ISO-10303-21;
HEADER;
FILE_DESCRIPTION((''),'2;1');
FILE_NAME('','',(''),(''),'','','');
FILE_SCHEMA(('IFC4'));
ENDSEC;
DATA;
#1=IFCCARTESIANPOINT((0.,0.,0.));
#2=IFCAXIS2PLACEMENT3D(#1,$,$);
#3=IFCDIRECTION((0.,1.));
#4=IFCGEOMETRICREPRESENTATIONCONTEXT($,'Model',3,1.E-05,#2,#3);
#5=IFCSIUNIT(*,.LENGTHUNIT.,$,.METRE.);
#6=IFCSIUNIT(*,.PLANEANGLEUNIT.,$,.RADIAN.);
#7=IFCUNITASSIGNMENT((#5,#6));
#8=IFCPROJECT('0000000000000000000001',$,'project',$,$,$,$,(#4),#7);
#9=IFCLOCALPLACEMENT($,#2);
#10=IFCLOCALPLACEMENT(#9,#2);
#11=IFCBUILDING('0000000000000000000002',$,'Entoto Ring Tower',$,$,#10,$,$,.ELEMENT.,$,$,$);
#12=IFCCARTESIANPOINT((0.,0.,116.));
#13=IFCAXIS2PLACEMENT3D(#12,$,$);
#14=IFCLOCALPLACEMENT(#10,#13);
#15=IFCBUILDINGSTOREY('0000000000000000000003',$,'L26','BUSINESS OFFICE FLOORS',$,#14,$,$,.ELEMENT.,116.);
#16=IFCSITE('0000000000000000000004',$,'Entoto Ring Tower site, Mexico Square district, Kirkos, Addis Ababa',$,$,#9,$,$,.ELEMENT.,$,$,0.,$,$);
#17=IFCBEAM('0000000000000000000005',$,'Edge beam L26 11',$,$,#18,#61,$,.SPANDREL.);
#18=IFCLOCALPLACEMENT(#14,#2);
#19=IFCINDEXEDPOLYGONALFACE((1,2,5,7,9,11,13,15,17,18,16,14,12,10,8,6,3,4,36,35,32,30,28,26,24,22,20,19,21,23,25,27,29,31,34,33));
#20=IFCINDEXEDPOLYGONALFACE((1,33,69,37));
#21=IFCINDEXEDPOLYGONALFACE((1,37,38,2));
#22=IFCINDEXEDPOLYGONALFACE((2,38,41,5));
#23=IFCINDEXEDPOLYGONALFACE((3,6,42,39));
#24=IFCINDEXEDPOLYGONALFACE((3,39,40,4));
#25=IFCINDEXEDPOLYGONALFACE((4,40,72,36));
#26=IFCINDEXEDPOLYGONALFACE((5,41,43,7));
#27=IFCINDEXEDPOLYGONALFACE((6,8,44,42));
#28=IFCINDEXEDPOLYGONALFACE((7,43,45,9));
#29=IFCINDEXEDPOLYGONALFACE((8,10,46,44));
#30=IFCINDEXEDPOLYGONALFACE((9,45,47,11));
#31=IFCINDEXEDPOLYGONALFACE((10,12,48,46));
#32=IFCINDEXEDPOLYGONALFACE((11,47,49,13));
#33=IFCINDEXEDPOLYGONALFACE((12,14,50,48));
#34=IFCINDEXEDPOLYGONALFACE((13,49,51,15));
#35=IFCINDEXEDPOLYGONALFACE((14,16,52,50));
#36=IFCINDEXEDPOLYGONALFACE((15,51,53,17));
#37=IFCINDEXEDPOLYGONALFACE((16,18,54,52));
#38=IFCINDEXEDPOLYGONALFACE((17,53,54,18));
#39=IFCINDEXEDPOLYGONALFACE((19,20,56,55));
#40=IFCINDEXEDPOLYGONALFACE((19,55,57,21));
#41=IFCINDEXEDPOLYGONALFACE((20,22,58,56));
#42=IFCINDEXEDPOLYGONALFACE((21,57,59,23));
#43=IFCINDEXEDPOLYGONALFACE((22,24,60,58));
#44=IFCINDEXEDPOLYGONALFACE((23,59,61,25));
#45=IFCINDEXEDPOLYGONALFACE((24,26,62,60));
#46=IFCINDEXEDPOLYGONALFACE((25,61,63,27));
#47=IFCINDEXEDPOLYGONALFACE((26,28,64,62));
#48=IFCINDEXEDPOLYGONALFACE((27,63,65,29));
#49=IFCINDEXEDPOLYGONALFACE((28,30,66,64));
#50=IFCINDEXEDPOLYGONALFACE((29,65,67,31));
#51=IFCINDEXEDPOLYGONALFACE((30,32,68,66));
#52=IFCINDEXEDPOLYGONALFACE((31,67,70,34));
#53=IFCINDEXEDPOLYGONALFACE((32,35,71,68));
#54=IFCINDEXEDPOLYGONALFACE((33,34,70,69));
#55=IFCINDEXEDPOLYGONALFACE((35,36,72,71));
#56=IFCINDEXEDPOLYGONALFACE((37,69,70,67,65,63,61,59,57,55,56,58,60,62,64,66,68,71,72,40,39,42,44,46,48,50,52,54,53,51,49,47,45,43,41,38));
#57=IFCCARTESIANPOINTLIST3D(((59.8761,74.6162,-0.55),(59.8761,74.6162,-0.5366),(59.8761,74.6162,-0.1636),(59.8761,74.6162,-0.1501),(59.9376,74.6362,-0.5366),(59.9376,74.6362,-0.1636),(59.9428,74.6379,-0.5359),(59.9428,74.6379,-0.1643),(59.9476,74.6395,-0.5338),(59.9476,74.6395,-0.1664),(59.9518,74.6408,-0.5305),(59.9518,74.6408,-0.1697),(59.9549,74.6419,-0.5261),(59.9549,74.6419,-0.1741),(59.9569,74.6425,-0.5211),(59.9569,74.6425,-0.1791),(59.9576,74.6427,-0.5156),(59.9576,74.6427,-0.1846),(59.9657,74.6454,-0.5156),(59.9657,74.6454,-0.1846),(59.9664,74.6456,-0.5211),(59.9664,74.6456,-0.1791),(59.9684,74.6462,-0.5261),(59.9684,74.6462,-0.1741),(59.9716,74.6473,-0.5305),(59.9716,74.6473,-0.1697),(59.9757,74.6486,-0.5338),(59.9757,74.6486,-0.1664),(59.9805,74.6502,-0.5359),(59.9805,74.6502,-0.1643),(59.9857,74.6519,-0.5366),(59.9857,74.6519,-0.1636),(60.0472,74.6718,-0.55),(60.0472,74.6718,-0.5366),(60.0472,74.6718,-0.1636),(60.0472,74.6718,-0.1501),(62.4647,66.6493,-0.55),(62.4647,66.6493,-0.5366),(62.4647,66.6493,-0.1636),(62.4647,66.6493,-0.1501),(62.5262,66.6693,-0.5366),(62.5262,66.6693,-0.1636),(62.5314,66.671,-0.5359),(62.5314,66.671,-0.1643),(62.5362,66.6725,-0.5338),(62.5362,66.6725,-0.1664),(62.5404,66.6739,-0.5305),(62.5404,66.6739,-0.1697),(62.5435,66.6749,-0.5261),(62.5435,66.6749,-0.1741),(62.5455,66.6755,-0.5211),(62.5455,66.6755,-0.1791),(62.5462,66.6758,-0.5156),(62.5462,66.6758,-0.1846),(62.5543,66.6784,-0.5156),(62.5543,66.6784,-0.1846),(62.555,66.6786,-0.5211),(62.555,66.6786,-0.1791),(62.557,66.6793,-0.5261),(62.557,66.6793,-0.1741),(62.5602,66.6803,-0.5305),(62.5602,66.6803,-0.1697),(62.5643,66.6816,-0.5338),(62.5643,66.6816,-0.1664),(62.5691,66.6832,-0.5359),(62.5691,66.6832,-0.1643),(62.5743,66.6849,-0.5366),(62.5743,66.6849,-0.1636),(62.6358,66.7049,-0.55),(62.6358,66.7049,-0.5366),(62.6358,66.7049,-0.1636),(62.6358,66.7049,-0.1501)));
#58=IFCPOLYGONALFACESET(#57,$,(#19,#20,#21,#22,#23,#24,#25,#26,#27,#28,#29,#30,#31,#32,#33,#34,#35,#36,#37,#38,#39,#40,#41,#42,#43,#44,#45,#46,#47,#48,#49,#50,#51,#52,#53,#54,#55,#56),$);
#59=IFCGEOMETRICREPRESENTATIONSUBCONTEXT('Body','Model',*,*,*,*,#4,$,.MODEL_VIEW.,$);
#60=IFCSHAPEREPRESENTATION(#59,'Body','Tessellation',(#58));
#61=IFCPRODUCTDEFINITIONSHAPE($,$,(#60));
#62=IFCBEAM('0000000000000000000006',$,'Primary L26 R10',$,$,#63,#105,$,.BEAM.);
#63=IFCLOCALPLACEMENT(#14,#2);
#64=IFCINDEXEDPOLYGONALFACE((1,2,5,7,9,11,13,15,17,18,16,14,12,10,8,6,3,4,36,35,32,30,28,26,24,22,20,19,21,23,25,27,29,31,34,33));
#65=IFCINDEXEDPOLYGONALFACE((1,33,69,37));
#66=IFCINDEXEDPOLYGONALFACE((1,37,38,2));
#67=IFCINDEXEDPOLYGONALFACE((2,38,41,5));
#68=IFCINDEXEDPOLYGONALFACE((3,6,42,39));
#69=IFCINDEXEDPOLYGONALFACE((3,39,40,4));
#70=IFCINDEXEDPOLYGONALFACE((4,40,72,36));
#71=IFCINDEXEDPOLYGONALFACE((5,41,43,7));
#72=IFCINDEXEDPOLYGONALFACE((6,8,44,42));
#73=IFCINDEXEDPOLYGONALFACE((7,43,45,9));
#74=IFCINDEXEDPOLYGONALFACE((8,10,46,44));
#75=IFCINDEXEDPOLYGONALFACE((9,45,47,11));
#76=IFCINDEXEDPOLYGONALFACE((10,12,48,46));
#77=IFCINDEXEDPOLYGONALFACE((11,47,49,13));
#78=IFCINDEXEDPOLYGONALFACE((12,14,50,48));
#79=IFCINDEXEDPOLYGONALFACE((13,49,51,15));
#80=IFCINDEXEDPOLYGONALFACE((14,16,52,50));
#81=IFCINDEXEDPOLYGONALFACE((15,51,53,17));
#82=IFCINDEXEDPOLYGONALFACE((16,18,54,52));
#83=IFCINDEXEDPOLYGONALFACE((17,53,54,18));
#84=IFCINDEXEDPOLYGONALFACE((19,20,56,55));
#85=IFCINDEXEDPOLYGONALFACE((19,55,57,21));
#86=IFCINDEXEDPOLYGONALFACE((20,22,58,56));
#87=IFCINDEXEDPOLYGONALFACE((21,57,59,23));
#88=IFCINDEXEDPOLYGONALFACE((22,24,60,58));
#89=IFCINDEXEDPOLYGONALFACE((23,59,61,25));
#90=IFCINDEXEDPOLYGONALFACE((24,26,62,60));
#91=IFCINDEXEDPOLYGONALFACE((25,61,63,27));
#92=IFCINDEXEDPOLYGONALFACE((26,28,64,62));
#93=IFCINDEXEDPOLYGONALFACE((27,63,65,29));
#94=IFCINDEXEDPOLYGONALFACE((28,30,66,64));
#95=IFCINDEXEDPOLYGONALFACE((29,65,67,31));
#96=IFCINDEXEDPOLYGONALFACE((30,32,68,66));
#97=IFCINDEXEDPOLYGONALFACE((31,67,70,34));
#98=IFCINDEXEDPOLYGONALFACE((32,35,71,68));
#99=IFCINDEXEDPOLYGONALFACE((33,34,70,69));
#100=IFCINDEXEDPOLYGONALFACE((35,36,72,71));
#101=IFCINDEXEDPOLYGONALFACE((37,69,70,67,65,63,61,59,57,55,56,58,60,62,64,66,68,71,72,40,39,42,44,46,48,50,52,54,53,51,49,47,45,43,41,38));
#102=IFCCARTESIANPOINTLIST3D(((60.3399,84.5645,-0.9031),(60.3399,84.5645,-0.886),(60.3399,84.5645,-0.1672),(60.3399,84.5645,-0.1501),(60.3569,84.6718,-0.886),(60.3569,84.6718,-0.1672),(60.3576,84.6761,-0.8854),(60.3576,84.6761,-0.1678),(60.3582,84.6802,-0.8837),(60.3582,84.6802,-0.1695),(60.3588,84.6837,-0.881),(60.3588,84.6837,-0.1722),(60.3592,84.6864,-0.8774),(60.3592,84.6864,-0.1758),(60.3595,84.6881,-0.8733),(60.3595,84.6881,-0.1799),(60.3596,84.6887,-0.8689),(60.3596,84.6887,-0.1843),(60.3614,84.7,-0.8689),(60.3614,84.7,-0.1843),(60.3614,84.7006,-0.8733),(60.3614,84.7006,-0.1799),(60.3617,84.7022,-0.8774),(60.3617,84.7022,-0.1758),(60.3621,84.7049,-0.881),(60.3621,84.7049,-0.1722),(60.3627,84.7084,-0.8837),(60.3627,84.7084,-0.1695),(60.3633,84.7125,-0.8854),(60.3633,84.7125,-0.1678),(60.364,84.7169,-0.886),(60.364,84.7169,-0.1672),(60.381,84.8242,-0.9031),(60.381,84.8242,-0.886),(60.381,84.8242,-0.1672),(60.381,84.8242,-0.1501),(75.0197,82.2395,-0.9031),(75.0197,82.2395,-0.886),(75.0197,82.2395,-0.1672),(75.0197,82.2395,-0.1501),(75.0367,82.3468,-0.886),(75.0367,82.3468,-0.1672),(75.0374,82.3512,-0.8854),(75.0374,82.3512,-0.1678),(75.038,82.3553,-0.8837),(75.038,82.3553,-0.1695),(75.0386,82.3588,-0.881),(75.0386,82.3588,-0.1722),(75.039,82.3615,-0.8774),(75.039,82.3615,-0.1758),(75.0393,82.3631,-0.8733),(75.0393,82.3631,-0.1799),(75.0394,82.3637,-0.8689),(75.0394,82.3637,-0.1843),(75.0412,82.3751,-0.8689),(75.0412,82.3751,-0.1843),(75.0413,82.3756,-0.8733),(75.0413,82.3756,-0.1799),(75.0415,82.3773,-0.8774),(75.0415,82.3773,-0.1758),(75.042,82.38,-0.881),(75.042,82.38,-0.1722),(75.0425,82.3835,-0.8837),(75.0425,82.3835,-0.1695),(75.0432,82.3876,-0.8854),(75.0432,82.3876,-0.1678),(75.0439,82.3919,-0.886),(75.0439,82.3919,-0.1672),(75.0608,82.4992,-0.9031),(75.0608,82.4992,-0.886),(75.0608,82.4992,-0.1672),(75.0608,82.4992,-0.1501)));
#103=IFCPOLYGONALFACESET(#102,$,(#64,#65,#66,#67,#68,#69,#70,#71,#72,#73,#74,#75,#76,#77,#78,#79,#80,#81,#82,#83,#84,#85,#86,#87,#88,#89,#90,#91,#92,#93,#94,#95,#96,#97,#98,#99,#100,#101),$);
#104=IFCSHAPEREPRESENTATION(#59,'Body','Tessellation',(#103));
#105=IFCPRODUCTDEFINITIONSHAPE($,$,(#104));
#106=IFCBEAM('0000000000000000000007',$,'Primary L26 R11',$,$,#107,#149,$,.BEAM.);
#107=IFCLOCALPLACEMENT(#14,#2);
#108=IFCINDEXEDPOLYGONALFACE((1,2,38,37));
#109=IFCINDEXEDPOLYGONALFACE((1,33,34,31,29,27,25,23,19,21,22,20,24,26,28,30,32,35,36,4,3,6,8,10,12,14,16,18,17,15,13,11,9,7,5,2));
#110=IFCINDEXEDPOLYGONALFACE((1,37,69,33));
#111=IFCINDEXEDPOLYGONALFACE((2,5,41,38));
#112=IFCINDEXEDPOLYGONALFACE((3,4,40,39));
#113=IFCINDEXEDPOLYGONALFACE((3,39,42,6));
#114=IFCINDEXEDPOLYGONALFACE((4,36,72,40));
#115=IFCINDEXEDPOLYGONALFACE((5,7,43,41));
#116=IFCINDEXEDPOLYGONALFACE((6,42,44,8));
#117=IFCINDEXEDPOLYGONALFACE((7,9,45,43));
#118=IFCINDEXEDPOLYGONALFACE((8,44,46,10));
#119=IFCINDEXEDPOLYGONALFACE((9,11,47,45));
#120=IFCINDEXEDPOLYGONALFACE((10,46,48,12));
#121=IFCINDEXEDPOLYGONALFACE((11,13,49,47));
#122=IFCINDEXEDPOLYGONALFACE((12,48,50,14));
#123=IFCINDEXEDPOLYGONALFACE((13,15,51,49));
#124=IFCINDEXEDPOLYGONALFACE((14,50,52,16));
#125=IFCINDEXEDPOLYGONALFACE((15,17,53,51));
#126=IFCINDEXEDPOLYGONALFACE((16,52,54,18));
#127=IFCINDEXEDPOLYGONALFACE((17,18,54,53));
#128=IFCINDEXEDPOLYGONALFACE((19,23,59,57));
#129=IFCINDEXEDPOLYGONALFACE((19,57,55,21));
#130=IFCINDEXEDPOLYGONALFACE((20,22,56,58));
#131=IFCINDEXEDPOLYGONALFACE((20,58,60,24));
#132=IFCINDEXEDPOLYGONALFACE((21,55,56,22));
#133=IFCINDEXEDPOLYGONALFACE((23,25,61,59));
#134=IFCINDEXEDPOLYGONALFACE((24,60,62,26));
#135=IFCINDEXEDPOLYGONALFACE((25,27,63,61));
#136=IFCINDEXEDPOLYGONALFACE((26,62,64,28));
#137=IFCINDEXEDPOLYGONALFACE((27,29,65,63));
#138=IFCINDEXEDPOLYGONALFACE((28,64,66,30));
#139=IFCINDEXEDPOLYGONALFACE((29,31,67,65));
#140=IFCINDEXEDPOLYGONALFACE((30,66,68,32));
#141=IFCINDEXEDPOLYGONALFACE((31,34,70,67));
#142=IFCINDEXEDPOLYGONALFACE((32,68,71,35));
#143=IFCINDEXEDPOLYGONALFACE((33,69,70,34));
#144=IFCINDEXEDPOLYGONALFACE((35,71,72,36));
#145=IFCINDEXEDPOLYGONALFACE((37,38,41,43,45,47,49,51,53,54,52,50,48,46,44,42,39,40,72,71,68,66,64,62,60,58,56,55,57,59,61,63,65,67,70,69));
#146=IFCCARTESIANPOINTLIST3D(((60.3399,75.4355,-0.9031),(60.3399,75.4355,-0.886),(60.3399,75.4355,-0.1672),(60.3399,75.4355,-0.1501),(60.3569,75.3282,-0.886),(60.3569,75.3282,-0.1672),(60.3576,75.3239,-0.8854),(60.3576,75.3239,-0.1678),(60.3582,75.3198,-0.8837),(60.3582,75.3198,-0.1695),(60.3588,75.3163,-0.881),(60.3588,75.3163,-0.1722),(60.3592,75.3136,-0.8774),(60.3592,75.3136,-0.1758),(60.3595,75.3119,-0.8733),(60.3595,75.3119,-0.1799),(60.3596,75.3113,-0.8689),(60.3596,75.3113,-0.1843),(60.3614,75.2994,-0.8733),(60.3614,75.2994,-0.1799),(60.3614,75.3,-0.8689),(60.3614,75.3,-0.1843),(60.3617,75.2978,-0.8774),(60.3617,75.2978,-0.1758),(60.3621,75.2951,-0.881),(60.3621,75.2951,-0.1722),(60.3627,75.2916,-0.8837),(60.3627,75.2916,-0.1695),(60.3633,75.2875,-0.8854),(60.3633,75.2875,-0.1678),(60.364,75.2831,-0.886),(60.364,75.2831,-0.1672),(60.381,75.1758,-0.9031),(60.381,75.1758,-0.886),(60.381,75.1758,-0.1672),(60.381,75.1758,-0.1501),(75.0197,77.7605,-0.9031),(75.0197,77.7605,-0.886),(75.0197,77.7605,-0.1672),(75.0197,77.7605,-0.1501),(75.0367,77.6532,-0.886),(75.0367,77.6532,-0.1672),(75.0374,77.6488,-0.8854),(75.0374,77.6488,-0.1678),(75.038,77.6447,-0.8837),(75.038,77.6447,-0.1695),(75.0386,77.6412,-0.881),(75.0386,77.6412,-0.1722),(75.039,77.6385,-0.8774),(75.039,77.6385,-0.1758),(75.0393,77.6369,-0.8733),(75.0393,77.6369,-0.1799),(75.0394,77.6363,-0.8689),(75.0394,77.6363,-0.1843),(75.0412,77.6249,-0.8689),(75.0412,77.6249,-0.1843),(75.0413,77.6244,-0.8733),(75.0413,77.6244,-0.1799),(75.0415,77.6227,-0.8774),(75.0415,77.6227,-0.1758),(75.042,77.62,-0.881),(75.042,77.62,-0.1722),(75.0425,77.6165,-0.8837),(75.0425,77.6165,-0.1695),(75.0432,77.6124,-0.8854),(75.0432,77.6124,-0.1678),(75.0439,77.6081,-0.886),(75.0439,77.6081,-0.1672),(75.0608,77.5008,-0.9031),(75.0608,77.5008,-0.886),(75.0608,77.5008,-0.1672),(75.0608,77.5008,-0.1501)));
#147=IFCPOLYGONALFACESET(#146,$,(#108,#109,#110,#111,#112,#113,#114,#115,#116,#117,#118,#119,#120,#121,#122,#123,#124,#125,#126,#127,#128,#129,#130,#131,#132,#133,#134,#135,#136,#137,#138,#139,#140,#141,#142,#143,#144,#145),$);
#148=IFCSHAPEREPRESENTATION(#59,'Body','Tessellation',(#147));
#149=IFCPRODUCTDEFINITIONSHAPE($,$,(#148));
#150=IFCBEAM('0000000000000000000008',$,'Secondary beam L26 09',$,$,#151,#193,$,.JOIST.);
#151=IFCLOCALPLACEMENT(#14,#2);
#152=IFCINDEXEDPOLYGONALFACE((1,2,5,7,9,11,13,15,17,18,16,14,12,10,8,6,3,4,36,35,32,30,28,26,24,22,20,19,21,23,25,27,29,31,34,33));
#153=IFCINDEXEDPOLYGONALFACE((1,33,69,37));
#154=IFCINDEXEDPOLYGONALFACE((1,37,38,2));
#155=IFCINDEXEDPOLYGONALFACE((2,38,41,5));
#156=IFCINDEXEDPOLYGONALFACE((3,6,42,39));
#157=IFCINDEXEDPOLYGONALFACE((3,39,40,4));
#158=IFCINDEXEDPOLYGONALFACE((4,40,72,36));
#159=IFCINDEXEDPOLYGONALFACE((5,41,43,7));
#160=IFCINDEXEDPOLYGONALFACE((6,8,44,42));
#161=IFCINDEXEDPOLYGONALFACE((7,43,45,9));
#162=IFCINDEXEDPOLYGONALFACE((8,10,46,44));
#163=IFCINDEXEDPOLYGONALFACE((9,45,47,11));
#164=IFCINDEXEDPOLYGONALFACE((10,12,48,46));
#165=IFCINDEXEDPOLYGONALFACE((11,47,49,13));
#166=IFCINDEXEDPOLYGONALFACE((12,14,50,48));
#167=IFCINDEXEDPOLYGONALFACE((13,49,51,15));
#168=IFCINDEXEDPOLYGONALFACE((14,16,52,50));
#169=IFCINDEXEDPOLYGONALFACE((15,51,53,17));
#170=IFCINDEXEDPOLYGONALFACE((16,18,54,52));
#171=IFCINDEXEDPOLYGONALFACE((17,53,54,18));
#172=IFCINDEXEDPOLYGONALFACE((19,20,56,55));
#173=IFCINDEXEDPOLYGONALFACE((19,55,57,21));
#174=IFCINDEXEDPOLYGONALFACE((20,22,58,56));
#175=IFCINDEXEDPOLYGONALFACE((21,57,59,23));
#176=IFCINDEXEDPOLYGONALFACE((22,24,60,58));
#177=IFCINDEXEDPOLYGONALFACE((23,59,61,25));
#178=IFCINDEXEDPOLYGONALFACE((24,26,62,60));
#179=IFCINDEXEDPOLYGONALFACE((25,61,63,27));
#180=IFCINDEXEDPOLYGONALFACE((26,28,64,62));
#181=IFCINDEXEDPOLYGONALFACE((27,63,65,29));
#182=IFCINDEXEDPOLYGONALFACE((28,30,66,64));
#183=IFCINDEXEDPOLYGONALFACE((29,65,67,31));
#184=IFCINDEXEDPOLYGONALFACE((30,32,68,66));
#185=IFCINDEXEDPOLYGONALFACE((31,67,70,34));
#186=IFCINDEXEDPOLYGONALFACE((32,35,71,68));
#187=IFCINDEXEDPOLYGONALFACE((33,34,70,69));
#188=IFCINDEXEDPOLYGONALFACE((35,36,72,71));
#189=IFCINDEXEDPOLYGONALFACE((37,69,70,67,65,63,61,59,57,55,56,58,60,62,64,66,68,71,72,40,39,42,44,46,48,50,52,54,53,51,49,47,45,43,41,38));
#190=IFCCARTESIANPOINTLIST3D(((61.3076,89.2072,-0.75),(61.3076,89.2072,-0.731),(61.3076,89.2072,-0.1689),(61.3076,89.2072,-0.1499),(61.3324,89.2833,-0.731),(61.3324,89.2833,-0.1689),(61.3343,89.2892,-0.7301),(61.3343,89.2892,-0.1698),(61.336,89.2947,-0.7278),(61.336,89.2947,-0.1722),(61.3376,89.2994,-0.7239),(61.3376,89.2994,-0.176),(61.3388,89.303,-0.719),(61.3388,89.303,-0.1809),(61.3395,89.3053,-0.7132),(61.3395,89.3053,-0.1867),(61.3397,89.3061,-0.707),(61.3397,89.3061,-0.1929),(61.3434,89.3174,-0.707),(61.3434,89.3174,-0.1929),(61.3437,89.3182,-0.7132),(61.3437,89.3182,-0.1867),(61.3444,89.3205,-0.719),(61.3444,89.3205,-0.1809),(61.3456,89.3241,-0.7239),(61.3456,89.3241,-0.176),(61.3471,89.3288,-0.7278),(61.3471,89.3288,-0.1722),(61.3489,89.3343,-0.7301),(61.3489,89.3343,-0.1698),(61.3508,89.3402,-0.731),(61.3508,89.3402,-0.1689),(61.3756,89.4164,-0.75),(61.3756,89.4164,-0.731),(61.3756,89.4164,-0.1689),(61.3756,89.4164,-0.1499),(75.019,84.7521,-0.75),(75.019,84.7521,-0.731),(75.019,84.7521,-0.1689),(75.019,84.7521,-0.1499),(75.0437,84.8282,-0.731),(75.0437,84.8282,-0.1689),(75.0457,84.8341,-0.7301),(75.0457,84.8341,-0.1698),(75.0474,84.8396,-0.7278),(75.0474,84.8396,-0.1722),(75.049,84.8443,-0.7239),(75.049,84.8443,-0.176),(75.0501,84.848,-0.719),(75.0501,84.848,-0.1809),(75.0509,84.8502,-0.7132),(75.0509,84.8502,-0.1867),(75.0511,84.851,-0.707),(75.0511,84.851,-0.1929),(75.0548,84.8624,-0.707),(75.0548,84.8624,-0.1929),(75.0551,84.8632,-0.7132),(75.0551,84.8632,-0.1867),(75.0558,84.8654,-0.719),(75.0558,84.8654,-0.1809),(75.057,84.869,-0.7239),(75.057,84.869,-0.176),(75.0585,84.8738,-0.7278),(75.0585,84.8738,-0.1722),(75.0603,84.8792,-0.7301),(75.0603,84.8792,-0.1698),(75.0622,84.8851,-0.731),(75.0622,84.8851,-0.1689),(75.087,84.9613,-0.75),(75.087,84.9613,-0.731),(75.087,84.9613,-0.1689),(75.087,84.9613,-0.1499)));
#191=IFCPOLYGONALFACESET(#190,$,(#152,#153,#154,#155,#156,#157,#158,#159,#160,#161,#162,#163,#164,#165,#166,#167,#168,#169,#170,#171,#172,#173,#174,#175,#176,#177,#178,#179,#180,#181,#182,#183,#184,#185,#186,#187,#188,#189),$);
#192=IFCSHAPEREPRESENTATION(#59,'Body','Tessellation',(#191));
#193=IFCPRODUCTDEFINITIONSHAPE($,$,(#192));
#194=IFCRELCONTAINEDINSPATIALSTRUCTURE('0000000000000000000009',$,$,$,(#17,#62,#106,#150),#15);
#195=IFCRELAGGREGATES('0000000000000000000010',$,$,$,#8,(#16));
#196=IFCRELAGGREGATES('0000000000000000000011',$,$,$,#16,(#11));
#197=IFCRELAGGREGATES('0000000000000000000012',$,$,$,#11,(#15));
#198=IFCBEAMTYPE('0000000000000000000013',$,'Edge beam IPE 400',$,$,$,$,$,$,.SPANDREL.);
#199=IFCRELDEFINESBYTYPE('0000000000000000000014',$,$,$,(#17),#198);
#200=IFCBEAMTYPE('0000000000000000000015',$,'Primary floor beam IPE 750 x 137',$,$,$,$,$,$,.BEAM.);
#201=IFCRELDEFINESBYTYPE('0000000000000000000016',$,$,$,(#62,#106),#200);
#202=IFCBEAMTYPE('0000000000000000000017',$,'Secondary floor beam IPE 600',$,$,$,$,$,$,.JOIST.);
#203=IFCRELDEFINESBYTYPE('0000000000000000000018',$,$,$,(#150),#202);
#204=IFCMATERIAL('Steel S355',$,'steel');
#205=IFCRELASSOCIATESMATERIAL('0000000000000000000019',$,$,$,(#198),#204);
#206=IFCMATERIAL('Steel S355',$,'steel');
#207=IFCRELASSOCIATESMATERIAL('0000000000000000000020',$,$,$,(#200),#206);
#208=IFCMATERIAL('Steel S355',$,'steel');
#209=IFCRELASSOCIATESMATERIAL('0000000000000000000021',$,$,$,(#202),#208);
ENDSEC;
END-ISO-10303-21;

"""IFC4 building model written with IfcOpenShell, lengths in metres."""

from ifc_helpers import new_model, si_unit, direction, frame, origin, origin_2d, place, context, subcontext, project, spatial, i_section, extrude, material, material_profile, profile_set, type_object, element, save


model = new_model("IFC4")

# Units and contexts
model_context = context("Model", 3, precision=1e-05, world=origin(), true_north=direction((0.0, 1.0)))
body_context = subcontext(model_context, "Body", "Model", "MODEL_VIEW")
ifc_project = project(units=[si_unit("LENGTHUNIT", "METRE"), si_unit("PLANEANGLEUNIT", "RADIAN")], contexts=[model_context])

# Site, building, storey
site_placement = place(None, origin())
site = spatial("IfcSite", under=ifc_project, at=site_placement, Name="Entoto Ring Tower site, Mexico Square district, Kirkos, Addis Ababa", CompositionType="ELEMENT", RefElevation=0.0)
building_placement = place(site_placement, origin())
building = spatial("IfcBuilding", under=site, at=building_placement, Name="Entoto Ring Tower", CompositionType="ELEMENT")
storey_placement = place(building_placement, frame((0.0, 0.0, 116.0)))
storey = spatial("IfcBuildingStorey", under=building, at=storey_placement, Name="L26", Description="BUSINESS OFFICE FLOORS", CompositionType="ELEMENT", Elevation=116.0)

# Beams
ifc_material_1 = material(Name="Steel S355", Category="steel")
ifc_material_profile_1 = material_profile(ifc_material_1, i_section(OverallWidth=0.1799, OverallDepth=0.3999, WebThickness=0.0085, FlangeThickness=0.0134, FilletRadius=0.021, at=origin_2d()), Name="IPE 400")
ifc_profile_set_1 = profile_set([ifc_material_profile_1], Name="Steel S355")
beam_type_1 = type_object("IfcBeamType", Name="Edge beam IPE 400", PredefinedType="SPANDREL", material=ifc_profile_set_1)
for number, where, z_axis, x_axis, name in (
    (1, (59.9617, 74.644, -0.3501), (0.309014, -0.951057, 0.0), (0.951057, 0.309014, 0.0), "Edge beam L26 11"),
):
    element("IfcBeam", number, at=place(storey_placement, frame(where, z_axis=z_axis, x_axis=x_axis)), inside=storey, type_object=beam_type_1, Name=name, PredefinedType="SPANDREL", context=body_context, shape_type="SweptSolid", body=[
        extrude(i_section(OverallWidth=0.1799, OverallDepth=0.3999, WebThickness=0.0085, FlangeThickness=0.0134, FilletRadius=0.021, at=origin_2d()), origin(), (0.0, 0.0, 1.0), 8.377),
    ])
ifc_material_2 = material(Name="Steel S355", Category="steel")
ifc_material_profile_2 = material_profile(ifc_material_2, i_section(OverallWidth=0.2629, OverallDepth=0.7529, WebThickness=0.0115, FlangeThickness=0.0171, FilletRadius=0.0171, at=origin_2d()), Name="IPE 750 x 137")
ifc_profile_set_2 = profile_set([ifc_material_profile_2], Name="Steel S355")
beam_type_2 = type_object("IfcBeamType", Name="Primary floor beam IPE 750 x 137", PredefinedType="BEAM", material=ifc_profile_set_2)
for number, where, z_axis, x_axis, name in (
    (2, (75.0403, 82.3694, -0.5266), (-0.98769, 0.156426, 0.0), (-0.156426, -0.98769, 0.0), "Primary L26 R10"),
    (3, (75.0403, 77.6306, -0.5266), (-0.98769, -0.156426, 0.0), (0.156426, -0.98769, 0.0), "Primary L26 R11"),
):
    element("IfcBeam", number, at=place(storey_placement, frame(where, z_axis=z_axis, x_axis=x_axis)), inside=storey, type_object=beam_type_2, Name=name, PredefinedType="BEAM", context=body_context, shape_type="SweptSolid", body=[
        extrude(i_section(OverallWidth=0.2629, OverallDepth=0.7529, WebThickness=0.0115, FlangeThickness=0.0171, FilletRadius=0.0171, at=origin_2d()), origin(), (0.0, 0.0, 1.0), 14.8628),
    ])
ifc_material_3 = material(Name="Steel S355", Category="steel")
ifc_material_profile_3 = material_profile(ifc_material_3, i_section(OverallWidth=0.22, OverallDepth=0.6001, WebThickness=0.012, FlangeThickness=0.019, FilletRadius=0.0239, at=origin_2d()), Name="IPE 600")
ifc_profile_set_3 = profile_set([ifc_material_profile_3], Name="Steel S355")
beam_type_3 = type_object("IfcBeamType", Name="Secondary floor beam IPE 600", PredefinedType="JOIST", material=ifc_profile_set_3)
beam_1_placement = place(storey_placement, frame((75.053, 84.8567, -0.45), z_axis=(-0.951057, 0.309015, 0.0), x_axis=(-0.309015, -0.951057, 0.0)))
element("IfcBeam", 4, at=beam_1_placement, inside=storey, type_object=beam_type_3, Name="Secondary beam L26 09", PredefinedType="JOIST", context=body_context, shape_type="SweptSolid", body=[
    extrude(i_section(OverallWidth=0.22, OverallDepth=0.6001, WebThickness=0.012, FlangeThickness=0.019, FilletRadius=0.0239, at=origin_2d()), origin(), (0.0, 0.0, 1.0), 14.417),
])

save(model, "model.ifc")
